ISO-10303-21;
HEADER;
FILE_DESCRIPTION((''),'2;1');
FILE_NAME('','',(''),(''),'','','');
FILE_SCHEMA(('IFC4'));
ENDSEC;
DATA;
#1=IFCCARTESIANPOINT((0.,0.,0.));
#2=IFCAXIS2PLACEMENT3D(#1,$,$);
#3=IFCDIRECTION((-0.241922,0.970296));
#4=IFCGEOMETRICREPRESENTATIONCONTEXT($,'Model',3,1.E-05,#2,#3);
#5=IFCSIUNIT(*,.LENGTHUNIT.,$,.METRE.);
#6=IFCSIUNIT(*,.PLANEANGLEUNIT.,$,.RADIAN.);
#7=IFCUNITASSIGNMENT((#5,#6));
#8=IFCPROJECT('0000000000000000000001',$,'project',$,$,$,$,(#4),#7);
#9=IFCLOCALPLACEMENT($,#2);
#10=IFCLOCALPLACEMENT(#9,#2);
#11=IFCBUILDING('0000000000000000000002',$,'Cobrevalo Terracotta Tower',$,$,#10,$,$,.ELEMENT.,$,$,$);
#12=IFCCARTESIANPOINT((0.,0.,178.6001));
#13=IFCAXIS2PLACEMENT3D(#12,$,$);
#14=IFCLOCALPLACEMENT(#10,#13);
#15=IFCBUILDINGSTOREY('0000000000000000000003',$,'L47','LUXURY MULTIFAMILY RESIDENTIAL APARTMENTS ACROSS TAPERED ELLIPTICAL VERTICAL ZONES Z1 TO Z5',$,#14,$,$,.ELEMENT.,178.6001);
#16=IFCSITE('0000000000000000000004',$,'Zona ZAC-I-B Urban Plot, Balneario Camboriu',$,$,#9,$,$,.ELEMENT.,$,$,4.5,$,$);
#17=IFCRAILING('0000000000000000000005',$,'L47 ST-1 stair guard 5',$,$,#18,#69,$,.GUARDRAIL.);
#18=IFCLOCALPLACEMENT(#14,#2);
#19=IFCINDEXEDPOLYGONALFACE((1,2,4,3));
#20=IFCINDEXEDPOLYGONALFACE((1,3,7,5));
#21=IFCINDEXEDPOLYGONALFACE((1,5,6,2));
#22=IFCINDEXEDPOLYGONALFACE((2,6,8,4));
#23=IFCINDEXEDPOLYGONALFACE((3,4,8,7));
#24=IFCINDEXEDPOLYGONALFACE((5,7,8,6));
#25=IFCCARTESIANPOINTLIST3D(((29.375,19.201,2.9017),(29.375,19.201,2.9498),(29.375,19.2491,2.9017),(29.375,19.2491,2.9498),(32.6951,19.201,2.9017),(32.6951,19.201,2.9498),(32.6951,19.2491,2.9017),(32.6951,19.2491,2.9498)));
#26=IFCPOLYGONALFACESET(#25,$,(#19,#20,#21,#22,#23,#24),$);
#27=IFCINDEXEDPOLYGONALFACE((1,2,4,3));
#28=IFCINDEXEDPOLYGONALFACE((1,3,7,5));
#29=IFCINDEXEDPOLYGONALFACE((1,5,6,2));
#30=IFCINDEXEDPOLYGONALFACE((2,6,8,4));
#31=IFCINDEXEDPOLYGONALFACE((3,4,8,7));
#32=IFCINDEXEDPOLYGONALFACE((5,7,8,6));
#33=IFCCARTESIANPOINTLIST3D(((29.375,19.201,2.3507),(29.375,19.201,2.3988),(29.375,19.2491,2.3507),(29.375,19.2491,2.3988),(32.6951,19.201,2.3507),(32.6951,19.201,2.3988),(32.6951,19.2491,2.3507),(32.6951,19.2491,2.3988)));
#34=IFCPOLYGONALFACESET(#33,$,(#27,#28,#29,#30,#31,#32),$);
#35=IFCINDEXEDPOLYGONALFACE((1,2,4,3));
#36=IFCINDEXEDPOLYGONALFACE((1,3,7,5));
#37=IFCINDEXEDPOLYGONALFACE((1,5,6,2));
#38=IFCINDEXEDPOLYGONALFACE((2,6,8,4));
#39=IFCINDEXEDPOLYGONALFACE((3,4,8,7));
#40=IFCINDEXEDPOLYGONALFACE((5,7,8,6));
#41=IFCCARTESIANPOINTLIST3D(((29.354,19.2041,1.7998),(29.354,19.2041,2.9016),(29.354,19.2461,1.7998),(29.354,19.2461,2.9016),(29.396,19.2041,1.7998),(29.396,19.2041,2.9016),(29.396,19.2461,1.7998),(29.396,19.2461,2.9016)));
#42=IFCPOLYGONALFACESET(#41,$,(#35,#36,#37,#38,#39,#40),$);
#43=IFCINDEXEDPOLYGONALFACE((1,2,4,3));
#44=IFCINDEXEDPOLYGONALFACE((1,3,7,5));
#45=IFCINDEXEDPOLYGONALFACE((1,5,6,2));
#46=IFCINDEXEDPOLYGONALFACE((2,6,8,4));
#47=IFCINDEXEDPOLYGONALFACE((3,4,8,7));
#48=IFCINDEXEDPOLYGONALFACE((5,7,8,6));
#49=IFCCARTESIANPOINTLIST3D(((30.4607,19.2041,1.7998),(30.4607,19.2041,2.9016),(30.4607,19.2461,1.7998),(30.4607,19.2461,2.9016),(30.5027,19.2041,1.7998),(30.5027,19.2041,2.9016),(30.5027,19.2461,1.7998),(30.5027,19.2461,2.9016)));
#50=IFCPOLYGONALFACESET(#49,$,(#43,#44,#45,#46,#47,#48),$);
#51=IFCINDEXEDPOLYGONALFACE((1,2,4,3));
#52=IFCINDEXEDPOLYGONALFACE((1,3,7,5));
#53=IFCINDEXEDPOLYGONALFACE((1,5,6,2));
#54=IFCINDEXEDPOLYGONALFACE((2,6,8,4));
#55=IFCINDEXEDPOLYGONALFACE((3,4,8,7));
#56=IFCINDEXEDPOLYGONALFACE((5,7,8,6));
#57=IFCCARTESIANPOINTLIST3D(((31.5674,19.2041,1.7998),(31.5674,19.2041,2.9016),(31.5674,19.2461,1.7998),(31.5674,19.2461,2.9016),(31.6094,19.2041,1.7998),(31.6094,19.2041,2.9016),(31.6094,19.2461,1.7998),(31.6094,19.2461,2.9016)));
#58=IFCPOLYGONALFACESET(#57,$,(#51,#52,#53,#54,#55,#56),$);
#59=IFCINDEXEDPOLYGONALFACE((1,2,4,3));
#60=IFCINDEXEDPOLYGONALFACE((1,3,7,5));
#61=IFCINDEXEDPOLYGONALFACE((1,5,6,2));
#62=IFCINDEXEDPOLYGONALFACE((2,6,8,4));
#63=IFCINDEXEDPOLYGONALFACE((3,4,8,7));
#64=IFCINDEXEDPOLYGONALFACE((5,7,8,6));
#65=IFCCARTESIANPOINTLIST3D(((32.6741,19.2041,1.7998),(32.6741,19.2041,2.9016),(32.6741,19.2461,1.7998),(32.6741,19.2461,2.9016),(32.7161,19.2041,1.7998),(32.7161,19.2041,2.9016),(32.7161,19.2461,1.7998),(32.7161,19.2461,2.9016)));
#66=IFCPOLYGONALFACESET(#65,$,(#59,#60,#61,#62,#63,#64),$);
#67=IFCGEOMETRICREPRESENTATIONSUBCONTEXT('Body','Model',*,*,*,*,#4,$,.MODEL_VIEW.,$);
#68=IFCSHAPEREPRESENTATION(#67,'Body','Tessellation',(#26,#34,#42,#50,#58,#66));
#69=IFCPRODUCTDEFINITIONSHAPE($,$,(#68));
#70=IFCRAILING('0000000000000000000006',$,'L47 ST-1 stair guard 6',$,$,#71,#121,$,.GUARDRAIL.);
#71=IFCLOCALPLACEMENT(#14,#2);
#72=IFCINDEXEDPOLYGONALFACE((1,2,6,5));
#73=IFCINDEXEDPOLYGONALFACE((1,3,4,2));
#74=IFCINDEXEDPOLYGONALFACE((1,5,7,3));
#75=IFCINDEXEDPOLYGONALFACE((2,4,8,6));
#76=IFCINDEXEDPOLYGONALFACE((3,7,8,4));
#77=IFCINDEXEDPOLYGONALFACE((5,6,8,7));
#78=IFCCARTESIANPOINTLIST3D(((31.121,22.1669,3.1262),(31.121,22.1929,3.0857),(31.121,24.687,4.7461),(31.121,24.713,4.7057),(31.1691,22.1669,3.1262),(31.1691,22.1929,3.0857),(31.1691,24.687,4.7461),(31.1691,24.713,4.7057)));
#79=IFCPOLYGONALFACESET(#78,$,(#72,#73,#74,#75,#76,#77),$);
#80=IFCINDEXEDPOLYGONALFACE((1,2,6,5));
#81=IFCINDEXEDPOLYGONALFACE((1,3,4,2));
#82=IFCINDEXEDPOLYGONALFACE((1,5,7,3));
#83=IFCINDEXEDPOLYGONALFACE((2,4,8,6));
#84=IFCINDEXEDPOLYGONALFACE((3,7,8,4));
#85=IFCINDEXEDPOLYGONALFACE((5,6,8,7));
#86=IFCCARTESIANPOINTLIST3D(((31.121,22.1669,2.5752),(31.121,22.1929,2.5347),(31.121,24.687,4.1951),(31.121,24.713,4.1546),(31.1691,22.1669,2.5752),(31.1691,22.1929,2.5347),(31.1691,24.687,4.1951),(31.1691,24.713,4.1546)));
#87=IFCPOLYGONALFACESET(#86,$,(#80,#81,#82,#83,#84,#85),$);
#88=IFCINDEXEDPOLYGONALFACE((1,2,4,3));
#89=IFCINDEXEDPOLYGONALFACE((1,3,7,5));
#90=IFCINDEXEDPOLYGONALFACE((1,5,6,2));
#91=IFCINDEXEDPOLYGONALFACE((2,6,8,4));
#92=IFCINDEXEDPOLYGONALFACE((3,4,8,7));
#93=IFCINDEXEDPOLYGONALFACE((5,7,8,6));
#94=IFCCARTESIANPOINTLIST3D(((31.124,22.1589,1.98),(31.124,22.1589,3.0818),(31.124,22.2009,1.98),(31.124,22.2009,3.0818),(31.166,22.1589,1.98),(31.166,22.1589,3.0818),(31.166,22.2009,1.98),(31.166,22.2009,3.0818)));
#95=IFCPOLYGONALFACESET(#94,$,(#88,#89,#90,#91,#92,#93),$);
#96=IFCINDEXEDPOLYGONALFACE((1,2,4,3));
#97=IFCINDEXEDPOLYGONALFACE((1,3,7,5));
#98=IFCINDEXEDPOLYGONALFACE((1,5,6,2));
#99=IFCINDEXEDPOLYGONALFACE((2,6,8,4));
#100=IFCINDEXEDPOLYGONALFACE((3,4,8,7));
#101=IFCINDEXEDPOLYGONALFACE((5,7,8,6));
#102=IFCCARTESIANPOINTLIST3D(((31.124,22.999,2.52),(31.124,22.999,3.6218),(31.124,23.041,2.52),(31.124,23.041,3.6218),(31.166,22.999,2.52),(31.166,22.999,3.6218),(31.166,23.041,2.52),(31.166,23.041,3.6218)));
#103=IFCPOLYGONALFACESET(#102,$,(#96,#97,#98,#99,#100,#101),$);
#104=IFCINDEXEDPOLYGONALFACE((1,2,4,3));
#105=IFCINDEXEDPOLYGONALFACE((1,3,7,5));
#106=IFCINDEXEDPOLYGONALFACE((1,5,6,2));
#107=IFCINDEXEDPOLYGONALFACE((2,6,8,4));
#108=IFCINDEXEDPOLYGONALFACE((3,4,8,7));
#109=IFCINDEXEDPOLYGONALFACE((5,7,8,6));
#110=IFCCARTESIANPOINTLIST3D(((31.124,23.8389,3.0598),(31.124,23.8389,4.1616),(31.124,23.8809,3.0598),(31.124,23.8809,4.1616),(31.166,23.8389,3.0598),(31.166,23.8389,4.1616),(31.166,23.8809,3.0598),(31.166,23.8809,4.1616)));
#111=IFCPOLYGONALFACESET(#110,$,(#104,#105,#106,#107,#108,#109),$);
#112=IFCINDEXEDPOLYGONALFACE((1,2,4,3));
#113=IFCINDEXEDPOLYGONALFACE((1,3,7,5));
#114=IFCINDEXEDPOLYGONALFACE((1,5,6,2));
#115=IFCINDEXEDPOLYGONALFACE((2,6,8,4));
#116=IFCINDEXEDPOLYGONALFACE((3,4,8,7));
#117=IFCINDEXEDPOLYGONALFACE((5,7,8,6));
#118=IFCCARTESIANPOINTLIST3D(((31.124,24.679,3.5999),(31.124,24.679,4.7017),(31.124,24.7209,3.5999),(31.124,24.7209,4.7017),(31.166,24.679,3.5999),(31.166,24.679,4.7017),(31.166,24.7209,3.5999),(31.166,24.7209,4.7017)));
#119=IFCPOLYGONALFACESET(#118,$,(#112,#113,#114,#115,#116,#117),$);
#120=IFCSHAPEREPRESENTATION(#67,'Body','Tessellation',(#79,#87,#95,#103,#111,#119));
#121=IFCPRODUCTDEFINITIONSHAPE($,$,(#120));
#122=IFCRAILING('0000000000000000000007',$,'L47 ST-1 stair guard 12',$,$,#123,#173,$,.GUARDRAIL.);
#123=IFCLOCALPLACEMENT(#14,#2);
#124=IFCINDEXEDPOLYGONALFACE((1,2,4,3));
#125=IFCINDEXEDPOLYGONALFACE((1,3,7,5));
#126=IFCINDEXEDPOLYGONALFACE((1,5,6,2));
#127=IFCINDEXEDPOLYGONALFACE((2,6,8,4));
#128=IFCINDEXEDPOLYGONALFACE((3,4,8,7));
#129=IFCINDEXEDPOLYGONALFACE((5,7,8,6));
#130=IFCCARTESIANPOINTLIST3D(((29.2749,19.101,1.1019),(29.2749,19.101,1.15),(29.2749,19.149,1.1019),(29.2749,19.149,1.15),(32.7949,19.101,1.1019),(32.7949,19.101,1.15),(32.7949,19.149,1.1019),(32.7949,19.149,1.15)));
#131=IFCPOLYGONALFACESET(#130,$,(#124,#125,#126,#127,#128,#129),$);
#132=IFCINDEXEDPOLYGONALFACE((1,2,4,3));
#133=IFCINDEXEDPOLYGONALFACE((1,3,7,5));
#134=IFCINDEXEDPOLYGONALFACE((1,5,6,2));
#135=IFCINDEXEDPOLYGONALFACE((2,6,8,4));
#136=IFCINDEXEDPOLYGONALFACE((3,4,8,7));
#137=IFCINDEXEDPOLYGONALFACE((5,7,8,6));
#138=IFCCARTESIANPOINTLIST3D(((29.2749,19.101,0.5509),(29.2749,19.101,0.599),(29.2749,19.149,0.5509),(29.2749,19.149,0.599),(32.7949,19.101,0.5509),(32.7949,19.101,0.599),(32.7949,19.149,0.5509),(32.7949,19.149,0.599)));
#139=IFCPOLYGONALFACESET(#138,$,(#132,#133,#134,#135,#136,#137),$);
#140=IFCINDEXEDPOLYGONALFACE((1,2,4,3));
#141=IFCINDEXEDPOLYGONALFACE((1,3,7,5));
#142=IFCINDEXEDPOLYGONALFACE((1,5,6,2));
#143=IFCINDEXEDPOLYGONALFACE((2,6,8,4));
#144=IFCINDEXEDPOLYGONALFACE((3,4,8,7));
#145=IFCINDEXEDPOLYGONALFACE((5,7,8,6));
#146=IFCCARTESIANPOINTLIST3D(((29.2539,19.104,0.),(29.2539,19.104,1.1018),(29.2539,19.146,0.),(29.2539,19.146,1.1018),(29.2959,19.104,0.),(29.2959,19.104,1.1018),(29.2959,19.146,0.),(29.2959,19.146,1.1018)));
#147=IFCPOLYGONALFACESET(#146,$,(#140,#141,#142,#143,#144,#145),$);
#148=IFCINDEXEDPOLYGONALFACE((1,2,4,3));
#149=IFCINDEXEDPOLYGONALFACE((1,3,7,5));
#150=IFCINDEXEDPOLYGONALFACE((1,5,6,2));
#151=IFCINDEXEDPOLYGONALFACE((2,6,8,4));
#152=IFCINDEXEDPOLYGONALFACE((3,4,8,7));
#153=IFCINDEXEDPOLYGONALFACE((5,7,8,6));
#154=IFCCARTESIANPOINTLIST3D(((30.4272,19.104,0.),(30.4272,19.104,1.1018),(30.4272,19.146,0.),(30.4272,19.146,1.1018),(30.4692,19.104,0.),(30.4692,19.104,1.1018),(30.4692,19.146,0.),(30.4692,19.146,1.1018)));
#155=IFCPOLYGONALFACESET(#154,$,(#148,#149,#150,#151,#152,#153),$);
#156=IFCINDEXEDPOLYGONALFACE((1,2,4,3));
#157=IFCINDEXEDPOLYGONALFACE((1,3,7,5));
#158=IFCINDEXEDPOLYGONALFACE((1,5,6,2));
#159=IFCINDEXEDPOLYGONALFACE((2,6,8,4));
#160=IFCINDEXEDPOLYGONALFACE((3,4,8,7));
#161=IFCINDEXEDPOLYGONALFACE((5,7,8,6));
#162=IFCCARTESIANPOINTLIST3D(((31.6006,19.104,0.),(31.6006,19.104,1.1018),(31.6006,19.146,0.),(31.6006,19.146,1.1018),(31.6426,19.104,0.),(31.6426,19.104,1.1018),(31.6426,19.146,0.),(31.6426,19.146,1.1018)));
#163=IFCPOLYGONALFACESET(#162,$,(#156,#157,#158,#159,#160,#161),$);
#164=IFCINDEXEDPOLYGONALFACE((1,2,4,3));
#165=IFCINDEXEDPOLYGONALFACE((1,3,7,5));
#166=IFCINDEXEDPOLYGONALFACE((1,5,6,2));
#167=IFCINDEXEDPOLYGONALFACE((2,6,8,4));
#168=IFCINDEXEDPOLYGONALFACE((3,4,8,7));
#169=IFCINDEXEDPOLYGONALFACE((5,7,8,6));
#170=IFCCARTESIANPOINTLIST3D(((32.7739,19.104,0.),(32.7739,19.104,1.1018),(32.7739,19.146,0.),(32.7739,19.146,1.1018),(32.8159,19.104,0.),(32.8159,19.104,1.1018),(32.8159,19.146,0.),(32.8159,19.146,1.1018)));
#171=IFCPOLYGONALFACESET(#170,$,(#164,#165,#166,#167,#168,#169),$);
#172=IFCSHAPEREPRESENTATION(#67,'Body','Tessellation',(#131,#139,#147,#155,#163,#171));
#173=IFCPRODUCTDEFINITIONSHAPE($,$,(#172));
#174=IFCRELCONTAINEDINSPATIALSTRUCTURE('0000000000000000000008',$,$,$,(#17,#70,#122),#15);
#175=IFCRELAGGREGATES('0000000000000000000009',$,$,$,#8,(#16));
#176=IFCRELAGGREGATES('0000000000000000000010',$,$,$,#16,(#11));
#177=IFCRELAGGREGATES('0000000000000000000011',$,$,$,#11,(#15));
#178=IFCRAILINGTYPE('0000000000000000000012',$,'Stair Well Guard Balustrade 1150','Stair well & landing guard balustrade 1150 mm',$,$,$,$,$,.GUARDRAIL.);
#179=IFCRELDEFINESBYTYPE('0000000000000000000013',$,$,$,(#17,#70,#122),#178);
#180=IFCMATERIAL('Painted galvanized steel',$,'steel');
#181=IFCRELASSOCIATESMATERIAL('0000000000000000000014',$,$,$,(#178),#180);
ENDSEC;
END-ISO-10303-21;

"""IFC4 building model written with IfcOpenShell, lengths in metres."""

from ifc_helpers import new_model, si_unit, direction, frame, origin, origin_2d, place, context, subcontext, project, spatial, rectangle, extrude, material, type_object, element, save


model = new_model("IFC4")

# Units and contexts
model_context = context("Model", 3, precision=1e-05, world=origin(), true_north=direction((-0.241922, 0.970296)))
body_context = subcontext(model_context, "Body", "Model", "MODEL_VIEW")
ifc_project = project(units=[si_unit("LENGTHUNIT", "METRE"), si_unit("PLANEANGLEUNIT", "RADIAN")], contexts=[model_context])

# Site, building, storey
site_placement = place(None, origin())
site = spatial("IfcSite", under=ifc_project, at=site_placement, Name="Zona ZAC-I-B Urban Plot, Balneario Camboriu", CompositionType="ELEMENT", RefElevation=4.5)
building_placement = place(site_placement, origin())
building = spatial("IfcBuilding", under=site, at=building_placement, Name="Cobrevalo Terracotta Tower", CompositionType="ELEMENT")
storey_placement = place(building_placement, frame((0.0, 0.0, 178.6001)))
storey = spatial("IfcBuildingStorey", under=building, at=storey_placement, Name="L47", Description="LUXURY MULTIFAMILY RESIDENTIAL APARTMENTS ACROSS TAPERED ELLIPTICAL VERTICAL ZONES Z1 TO Z5", CompositionType="ELEMENT", Elevation=178.6001)

# Railings
ifc_material_1 = material(Name="Painted galvanized steel", Category="steel")
railing_type_1 = type_object("IfcRailingType", Name="Stair Well Guard Balustrade 1150", Description="Stair well & landing guard balustrade 1150 mm", PredefinedType="GUARDRAIL", material=ifc_material_1)
railing_1_placement = place(storey_placement, frame((29.375, 19.2251, 1.7998)))
element("IfcRailing", 1, at=railing_1_placement, inside=storey, type_object=railing_type_1, Name="L47 ST-1 stair guard 5", PredefinedType="GUARDRAIL", context=body_context, shape_type="SweptSolid", body=[
    extrude(rectangle(XDim=0.0481, YDim=0.0481, at=origin_2d()), frame((0.0, 0.0, 1.126), z_axis=(1.0, 0.0, 0.0), x_axis=(0.0, 1.0, 0.0)), (0.0, 0.0, 1.0), 3.3201),
    extrude(rectangle(XDim=0.0481, YDim=0.0481, at=origin_2d()), frame((0.0, 0.0, 0.575), z_axis=(1.0, 0.0, 0.0), x_axis=(0.0, 1.0, 0.0)), (0.0, 0.0, 1.0), 3.3201),
    extrude(rectangle(XDim=0.042, YDim=0.042, at=origin_2d()), origin(), (0.0, 0.0, 1.0), 1.1018),
    extrude(rectangle(XDim=0.042, YDim=0.042, at=origin_2d()), frame((1.1067, 0.0, 0.0)), (0.0, 0.0, 1.0), 1.1018),
    extrude(rectangle(XDim=0.042, YDim=0.042, at=origin_2d()), frame((2.2134, 0.0, 0.0)), (0.0, 0.0, 1.0), 1.1018),
    extrude(rectangle(XDim=0.042, YDim=0.042, at=origin_2d()), frame((3.3201, 0.0, 0.0)), (0.0, 0.0, 1.0), 1.1018),
])
railing_2_placement = place(storey_placement, frame((31.145, 22.1799, 1.98)))
element("IfcRailing", 2, at=railing_2_placement, inside=storey, type_object=railing_type_1, Name="L47 ST-1 stair guard 6", PredefinedType="GUARDRAIL", context=body_context, shape_type="SweptSolid", body=[
    extrude(rectangle(XDim=0.0481, YDim=0.0481, at=origin_2d()), frame((0.0, 0.0, 1.126), z_axis=(0.0, 0.8412, 0.540725), x_axis=(-1.0, 0.0, 0.0)), (0.0, 0.0, 1.0), 2.9958),
    extrude(rectangle(XDim=0.0481, YDim=0.0481, at=origin_2d()), frame((0.0, 0.0, 0.575), z_axis=(0.0, 0.8412, 0.540725), x_axis=(-1.0, 0.0, 0.0)), (0.0, 0.0, 1.0), 2.9958),
    extrude(rectangle(XDim=0.042, YDim=0.042, at=origin_2d()), origin(), (0.0, 0.0, 1.0), 1.1018),
    extrude(rectangle(XDim=0.042, YDim=0.042, at=origin_2d()), frame((0.0, 0.8401, 0.54)), (0.0, 0.0, 1.0), 1.1018),
    extrude(rectangle(XDim=0.042, YDim=0.042, at=origin_2d()), frame((0.0, 1.6799, 1.0798)), (0.0, 0.0, 1.0), 1.1018),
    extrude(rectangle(XDim=0.042, YDim=0.042, at=origin_2d()), frame((0.0, 2.52, 1.6199)), (0.0, 0.0, 1.0), 1.1018),
])
railing_3_placement = place(storey_placement, frame((29.2749, 19.125, 0.0)))
element("IfcRailing", 3, at=railing_3_placement, inside=storey, type_object=railing_type_1, Name="L47 ST-1 stair guard 12", PredefinedType="GUARDRAIL", context=body_context, shape_type="SweptSolid", body=[
    extrude(rectangle(XDim=0.0481, YDim=0.0481, at=origin_2d()), frame((0.0, 0.0, 1.126), z_axis=(1.0, 0.0, 0.0), x_axis=(0.0, 1.0, 0.0)), (0.0, 0.0, 1.0), 3.52),
    extrude(rectangle(XDim=0.0481, YDim=0.0481, at=origin_2d()), frame((0.0, 0.0, 0.575), z_axis=(1.0, 0.0, 0.0), x_axis=(0.0, 1.0, 0.0)), (0.0, 0.0, 1.0), 3.52),
    extrude(rectangle(XDim=0.042, YDim=0.042, at=origin_2d()), origin(), (0.0, 0.0, 1.0), 1.1018),
    extrude(rectangle(XDim=0.042, YDim=0.042, at=origin_2d()), frame((1.1733, 0.0, 0.0)), (0.0, 0.0, 1.0), 1.1018),
    extrude(rectangle(XDim=0.042, YDim=0.042, at=origin_2d()), frame((2.3467, 0.0, 0.0)), (0.0, 0.0, 1.0), 1.1018),
    extrude(rectangle(XDim=0.042, YDim=0.042, at=origin_2d()), frame((3.52, 0.0, 0.0)), (0.0, 0.0, 1.0), 1.1018),
])

save(model, "model.ifc")
